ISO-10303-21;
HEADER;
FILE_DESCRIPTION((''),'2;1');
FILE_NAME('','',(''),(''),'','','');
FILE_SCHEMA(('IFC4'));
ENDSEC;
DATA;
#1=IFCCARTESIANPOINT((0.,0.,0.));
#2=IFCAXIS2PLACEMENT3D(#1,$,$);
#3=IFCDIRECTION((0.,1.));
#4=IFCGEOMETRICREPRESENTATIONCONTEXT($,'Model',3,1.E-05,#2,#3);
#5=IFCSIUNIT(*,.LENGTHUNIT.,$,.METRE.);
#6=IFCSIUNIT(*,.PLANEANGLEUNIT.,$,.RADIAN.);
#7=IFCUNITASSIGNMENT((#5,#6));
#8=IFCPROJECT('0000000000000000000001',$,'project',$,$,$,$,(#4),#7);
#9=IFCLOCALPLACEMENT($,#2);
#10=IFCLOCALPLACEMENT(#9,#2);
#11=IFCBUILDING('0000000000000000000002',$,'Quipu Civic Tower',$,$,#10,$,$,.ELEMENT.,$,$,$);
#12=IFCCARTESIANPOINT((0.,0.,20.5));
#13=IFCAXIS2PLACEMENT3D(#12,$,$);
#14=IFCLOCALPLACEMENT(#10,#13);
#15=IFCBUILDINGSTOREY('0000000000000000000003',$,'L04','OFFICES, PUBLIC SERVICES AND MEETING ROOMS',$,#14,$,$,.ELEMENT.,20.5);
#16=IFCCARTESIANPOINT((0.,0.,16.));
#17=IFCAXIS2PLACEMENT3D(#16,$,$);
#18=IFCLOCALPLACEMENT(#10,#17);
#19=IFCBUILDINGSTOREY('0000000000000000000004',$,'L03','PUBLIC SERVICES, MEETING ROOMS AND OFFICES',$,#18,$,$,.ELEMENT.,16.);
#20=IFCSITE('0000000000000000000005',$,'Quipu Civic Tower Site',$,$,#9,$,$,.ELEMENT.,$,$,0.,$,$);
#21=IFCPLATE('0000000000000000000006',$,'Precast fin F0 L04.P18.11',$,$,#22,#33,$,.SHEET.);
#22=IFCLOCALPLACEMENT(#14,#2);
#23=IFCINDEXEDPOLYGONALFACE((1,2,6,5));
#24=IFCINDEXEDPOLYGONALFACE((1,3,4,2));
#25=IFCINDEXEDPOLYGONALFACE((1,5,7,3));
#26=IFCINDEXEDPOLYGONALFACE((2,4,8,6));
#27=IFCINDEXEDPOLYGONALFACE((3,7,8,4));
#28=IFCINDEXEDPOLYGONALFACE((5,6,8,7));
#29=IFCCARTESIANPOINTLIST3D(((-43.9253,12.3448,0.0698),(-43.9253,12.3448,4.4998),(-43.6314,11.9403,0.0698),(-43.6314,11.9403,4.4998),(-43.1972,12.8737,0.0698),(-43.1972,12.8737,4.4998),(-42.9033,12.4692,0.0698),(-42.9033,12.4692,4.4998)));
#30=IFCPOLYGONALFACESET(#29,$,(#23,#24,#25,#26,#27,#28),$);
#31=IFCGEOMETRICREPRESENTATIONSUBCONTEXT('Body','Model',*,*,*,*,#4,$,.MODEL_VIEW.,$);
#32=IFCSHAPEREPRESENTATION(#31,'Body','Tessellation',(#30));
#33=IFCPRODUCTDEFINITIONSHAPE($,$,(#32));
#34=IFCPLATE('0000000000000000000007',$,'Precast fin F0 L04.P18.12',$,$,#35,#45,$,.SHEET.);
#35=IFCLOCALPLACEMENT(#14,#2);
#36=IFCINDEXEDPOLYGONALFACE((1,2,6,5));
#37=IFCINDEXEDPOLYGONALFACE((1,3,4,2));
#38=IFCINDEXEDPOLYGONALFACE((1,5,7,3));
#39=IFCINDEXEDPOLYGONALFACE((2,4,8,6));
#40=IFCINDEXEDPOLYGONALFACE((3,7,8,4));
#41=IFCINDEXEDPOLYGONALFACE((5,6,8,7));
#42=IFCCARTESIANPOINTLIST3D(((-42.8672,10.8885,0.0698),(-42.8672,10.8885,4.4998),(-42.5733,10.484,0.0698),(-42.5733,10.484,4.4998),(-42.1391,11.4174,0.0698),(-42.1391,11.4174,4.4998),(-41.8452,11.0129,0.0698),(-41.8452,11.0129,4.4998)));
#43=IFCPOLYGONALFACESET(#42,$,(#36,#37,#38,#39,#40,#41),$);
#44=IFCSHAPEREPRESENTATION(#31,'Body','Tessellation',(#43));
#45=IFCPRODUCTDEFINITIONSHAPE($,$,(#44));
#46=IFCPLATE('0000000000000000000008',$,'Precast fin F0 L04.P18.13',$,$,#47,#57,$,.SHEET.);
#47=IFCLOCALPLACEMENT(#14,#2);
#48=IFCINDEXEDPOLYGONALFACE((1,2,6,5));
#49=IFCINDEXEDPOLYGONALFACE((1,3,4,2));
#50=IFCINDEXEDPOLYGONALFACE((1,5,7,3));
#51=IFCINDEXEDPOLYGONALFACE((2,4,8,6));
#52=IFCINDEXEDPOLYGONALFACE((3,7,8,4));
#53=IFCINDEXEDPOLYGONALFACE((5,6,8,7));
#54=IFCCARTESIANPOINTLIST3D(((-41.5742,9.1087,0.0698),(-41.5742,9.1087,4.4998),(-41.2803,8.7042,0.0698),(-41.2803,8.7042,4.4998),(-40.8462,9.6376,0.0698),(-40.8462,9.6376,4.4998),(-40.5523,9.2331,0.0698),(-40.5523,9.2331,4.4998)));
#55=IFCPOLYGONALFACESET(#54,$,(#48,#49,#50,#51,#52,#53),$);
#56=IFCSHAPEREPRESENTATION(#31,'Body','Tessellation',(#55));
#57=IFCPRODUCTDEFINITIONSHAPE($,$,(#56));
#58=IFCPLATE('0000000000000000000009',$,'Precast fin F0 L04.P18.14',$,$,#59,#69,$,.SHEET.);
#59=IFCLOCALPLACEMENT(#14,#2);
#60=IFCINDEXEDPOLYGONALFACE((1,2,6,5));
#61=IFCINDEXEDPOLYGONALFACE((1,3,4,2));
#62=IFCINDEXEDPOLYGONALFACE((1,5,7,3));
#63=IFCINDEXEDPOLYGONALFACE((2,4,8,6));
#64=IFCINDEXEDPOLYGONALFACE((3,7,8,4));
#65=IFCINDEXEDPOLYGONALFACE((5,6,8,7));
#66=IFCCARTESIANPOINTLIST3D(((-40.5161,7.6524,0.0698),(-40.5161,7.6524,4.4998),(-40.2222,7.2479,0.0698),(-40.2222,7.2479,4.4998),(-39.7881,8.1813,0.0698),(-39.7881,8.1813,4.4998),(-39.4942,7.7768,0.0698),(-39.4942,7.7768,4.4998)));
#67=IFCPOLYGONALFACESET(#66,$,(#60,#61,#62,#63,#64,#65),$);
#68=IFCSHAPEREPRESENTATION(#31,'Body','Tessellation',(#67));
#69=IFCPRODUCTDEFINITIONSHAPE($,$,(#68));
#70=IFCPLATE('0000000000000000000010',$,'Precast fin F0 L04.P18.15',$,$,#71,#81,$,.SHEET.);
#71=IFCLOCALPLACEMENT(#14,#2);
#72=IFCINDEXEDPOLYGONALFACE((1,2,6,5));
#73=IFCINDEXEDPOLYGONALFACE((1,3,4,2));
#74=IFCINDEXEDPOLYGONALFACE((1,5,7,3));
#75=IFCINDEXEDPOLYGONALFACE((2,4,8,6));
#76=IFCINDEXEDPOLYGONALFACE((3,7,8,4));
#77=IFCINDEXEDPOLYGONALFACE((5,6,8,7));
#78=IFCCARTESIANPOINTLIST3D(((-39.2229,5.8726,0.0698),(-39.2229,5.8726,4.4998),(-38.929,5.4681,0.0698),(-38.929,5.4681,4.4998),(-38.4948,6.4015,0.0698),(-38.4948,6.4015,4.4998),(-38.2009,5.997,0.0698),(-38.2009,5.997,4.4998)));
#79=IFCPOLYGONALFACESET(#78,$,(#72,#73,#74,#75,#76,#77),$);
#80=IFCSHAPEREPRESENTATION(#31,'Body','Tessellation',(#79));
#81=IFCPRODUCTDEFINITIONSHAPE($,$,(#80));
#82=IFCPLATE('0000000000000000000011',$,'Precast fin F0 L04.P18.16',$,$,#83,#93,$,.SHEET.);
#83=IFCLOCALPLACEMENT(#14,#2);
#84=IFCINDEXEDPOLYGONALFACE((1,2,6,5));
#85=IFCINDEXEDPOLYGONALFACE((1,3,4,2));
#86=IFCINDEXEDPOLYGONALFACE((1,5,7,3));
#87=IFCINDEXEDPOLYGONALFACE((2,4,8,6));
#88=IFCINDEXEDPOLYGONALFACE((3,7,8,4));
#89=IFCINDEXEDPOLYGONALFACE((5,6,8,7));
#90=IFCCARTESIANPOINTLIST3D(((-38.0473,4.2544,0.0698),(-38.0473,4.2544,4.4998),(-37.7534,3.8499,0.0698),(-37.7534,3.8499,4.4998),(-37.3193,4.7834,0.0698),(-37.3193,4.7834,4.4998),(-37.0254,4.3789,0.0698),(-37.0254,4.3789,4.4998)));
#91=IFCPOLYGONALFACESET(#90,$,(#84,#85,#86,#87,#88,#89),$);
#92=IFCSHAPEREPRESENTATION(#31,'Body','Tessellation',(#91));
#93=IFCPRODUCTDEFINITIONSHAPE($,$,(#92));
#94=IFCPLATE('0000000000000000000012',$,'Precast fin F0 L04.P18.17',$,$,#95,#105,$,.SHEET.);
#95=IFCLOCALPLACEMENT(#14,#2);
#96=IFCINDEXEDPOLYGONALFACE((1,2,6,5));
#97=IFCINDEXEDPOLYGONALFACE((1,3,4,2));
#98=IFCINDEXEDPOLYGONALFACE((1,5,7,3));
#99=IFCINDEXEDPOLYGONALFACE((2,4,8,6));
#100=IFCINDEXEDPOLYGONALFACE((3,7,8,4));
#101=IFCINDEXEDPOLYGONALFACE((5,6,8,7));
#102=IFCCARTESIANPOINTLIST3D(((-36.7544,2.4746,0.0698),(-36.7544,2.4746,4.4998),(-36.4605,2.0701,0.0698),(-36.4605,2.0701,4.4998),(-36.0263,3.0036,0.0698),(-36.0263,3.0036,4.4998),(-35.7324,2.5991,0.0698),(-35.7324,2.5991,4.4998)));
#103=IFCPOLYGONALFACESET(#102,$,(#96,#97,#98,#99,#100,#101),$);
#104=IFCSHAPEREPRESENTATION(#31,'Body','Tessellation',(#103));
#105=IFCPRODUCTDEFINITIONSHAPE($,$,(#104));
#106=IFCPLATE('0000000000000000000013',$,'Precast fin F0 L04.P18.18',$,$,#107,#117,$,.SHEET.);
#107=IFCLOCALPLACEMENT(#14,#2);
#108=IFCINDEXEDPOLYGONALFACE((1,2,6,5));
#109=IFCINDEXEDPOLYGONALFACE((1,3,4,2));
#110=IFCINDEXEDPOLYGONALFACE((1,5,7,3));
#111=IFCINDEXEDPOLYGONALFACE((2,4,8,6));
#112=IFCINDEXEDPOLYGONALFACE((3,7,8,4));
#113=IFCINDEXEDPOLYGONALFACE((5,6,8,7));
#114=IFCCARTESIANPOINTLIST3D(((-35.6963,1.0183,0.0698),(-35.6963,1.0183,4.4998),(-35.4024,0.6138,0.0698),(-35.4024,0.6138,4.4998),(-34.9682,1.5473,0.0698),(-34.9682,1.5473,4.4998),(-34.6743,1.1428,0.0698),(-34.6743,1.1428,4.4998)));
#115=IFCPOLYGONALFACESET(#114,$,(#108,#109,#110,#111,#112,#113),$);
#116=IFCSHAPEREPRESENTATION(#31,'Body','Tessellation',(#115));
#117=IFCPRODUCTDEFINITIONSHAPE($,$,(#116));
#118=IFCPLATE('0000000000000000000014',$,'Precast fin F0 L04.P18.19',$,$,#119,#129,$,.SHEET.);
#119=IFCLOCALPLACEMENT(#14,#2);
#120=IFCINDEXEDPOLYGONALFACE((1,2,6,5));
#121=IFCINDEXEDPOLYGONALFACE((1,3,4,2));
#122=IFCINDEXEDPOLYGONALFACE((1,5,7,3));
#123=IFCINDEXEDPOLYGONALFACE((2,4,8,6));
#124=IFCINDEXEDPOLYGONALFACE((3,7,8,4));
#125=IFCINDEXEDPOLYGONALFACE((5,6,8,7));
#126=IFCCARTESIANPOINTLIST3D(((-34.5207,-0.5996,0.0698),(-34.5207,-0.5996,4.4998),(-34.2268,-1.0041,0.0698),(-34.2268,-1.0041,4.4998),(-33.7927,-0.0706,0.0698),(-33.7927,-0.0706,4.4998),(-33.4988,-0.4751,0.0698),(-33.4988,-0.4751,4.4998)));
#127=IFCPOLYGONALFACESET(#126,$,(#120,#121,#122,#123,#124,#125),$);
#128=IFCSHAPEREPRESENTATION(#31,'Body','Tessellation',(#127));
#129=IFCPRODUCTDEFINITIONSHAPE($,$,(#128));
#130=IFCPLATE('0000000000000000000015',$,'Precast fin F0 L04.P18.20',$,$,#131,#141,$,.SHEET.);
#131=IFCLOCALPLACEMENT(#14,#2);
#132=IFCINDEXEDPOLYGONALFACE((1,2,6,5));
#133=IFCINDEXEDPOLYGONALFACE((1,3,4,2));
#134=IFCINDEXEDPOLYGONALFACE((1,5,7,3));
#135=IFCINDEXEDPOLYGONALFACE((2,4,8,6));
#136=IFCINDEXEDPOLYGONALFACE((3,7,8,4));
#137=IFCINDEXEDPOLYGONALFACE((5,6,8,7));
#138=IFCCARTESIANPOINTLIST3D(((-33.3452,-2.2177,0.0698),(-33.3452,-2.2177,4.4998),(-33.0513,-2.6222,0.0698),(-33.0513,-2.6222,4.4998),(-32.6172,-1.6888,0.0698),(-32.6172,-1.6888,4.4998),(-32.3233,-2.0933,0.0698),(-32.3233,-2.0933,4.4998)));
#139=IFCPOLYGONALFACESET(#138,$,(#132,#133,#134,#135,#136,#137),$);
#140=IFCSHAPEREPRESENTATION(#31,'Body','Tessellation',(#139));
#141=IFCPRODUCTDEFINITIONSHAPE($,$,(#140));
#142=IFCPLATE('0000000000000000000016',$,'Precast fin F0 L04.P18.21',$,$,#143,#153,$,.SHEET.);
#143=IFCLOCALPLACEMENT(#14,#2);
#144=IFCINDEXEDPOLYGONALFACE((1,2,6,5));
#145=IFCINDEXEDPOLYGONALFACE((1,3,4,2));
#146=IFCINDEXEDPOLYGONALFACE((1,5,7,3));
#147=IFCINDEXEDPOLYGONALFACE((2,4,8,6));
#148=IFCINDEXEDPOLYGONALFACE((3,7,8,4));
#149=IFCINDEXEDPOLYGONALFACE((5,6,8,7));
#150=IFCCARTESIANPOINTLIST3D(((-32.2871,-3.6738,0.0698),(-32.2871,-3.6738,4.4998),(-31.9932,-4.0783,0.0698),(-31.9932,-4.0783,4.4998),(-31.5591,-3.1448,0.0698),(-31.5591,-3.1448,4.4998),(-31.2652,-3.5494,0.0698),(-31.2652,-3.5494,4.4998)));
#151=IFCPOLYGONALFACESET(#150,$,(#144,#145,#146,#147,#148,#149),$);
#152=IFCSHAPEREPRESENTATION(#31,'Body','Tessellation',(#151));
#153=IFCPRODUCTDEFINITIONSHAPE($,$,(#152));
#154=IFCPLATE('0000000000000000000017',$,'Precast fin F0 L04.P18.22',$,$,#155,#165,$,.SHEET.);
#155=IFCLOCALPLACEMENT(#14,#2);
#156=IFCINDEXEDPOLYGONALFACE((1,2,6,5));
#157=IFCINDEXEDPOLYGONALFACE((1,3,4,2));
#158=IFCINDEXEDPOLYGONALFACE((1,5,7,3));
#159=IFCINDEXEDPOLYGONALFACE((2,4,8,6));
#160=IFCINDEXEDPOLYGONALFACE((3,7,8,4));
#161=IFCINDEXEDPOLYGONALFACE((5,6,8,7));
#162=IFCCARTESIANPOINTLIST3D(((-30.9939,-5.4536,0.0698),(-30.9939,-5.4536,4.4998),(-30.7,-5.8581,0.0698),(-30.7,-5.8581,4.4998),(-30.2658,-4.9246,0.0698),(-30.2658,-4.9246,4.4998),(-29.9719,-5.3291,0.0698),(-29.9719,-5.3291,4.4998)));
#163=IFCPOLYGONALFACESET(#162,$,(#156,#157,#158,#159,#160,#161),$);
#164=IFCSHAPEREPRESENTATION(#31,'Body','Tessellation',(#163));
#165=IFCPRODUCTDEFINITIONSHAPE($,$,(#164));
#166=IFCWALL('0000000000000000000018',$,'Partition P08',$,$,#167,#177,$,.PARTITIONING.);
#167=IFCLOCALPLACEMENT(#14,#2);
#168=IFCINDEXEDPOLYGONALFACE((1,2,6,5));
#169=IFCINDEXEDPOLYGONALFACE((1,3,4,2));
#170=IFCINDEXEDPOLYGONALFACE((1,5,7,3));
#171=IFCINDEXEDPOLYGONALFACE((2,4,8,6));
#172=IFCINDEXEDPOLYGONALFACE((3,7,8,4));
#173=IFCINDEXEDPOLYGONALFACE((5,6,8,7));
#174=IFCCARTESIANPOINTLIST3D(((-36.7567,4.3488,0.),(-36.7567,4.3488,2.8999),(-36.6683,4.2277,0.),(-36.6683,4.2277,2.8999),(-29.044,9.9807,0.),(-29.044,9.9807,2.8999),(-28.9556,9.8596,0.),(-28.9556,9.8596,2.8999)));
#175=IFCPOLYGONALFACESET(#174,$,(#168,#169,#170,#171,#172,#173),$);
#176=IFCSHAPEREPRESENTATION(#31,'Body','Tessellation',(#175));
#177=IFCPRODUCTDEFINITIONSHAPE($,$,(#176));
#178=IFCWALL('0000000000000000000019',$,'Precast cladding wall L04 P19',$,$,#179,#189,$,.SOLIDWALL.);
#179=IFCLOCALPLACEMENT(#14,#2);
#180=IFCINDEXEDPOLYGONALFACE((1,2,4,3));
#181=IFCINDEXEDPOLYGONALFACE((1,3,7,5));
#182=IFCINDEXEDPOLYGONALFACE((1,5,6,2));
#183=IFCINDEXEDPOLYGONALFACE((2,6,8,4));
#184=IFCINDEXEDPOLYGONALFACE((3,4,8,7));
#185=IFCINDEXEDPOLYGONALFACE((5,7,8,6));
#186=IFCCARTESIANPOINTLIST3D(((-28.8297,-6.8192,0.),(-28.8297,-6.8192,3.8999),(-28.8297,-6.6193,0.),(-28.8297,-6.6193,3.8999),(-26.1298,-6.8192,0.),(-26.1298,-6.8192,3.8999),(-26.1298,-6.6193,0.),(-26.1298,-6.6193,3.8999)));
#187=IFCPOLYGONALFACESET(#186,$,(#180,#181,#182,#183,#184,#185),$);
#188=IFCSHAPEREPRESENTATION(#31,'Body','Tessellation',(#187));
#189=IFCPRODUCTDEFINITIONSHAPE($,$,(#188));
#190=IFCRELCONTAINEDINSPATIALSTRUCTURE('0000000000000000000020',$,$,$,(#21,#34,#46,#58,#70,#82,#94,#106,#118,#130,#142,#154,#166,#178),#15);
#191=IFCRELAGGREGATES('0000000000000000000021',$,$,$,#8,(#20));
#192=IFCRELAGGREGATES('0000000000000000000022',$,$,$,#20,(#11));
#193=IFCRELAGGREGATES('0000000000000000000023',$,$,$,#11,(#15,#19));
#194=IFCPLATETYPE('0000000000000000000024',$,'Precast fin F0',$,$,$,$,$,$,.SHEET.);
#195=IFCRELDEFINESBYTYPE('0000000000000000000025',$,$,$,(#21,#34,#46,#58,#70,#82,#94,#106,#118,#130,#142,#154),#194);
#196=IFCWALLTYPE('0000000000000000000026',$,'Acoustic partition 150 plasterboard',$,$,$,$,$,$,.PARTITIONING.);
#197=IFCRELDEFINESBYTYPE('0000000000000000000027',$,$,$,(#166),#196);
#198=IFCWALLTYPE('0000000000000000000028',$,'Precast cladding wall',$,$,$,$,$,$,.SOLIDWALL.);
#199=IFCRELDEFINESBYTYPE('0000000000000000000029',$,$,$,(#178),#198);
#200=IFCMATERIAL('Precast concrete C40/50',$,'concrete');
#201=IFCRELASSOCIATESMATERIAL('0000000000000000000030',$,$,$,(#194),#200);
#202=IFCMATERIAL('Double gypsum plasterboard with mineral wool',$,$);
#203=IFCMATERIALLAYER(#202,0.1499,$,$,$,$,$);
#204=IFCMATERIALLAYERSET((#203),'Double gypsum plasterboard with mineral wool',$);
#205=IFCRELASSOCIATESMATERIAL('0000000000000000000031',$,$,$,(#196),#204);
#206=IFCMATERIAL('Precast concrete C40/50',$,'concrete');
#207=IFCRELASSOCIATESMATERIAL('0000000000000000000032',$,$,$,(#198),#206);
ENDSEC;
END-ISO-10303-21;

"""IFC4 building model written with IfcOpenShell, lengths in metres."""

from ifc_helpers import new_model, si_unit, direction, frame, frame_2d, origin, origin_2d, place, context, subcontext, project, spatial, rectangle, extrude, material, layer, layer_set, type_object, element, save


model = new_model("IFC4")

# Units and contexts
model_context = context("Model", 3, precision=1e-05, world=origin(), true_north=direction((0.0, 1.0)))
body_context = subcontext(model_context, "Body", "Model", "MODEL_VIEW")
ifc_project = project(units=[si_unit("LENGTHUNIT", "METRE"), si_unit("PLANEANGLEUNIT", "RADIAN")], contexts=[model_context])

# Site, building, storey
site_placement = place(None, origin())
site = spatial("IfcSite", under=ifc_project, at=site_placement, Name="Quipu Civic Tower Site", CompositionType="ELEMENT", RefElevation=0.0)
building_placement = place(site_placement, origin())
building = spatial("IfcBuilding", under=site, at=building_placement, Name="Quipu Civic Tower", CompositionType="ELEMENT")
storey_1_placement = place(building_placement, frame((0.0, 0.0, 20.5)))
storey_1 = spatial("IfcBuildingStorey", under=building, at=storey_1_placement, Name="L04", Description="OFFICES, PUBLIC SERVICES AND MEETING ROOMS", CompositionType="ELEMENT", Elevation=20.5)

# Shared definitions
storey_2_placement = place(building_placement, frame((0.0, 0.0, 16.0)))
storey_2 = spatial("IfcBuildingStorey", under=building, at=storey_2_placement, Name="L03", Description="PUBLIC SERVICES, MEETING ROOMS AND OFFICES", CompositionType="ELEMENT", Elevation=16.0)

# Plates
ifc_material_1 = material(Name="Precast concrete C40/50", Category="concrete")
plate_type_1 = type_object("IfcPlateType", Name="Precast fin F0", PredefinedType="SHEET", material=ifc_material_1)
for number, where, z_axis, x_axis, name in (
    (1, (-43.4143, 12.407, 0.0698), (0.0, 0.0, 1.0), (0.587786, -0.809017, 0.0), "Precast fin F0 L04.P18.11"),
    (2, (-42.3562, 10.9507, 0.0698), (0.0, 0.0, 1.0), (0.587786, -0.809017, 0.0), "Precast fin F0 L04.P18.12"),
    (3, (-41.0632, 9.1709, 0.0698), (0.0, 0.0, 1.0), (0.587786, -0.809017, 0.0), "Precast fin F0 L04.P18.13"),
    (4, (-40.0051, 7.7146, 0.0698), (0.0, 0.0, 1.0), (0.587786, -0.809017, 0.0), "Precast fin F0 L04.P18.14"),
    (5, (-38.7119, 5.9348, 0.0698), (0.0, 0.0, 1.0), (0.587786, -0.809017, 0.0), "Precast fin F0 L04.P18.15"),
    (6, (-37.5364, 4.3167, 0.0698), (0.0, 0.0, 1.0), (0.587786, -0.809017, 0.0), "Precast fin F0 L04.P18.16"),
    (7, (-36.2434, 2.5369, 0.0698), (0.0, 0.0, 1.0), (0.587786, -0.809017, 0.0), "Precast fin F0 L04.P18.17"),
    (8, (-35.1853, 1.0806, 0.0698), (0.0, 0.0, 1.0), (0.587786, -0.809017, 0.0), "Precast fin F0 L04.P18.18"),
    (9, (-34.0098, -0.5374, 0.0698), (0.0, 0.0, 1.0), (0.587786, -0.809017, 0.0), "Precast fin F0 L04.P18.19"),
    (10, (-32.8342, -2.1555, 0.0698), (0.0, 0.0, 1.0), (0.587786, -0.809017, 0.0), "Precast fin F0 L04.P18.20"),
    (11, (-31.7761, -3.6116, 0.0698), (0.0, 0.0, 1.0), (0.587786, -0.809017, 0.0), "Precast fin F0 L04.P18.21"),
    (12, (-30.4829, -5.3914, 0.0698), (0.0, 0.0, 1.0), (0.587786, -0.809017, 0.0), "Precast fin F0 L04.P18.22"),
):
    element("IfcPlate", number, at=place(storey_1_placement, frame(where, z_axis=z_axis, x_axis=x_axis)), inside=storey_1, type_object=plate_type_1, Name=name, PredefinedType="SHEET", context=body_context, shape_type="SweptSolid", body=[
        extrude(rectangle(XDim=0.5, YDim=0.8999, at=origin_2d()), origin(), (0.0, 0.0, 1.0), 4.4299),
    ])

# Walls
ifc_material_2 = material(Name="Double gypsum plasterboard with mineral wool")
ifc_layer_1 = layer(ifc_material_2, 0.1499)
ifc_layer_set_1 = layer_set([ifc_layer_1], Name="Double gypsum plasterboard with mineral wool")
wall_type_1 = type_object("IfcWallType", Name="Acoustic partition 150 plasterboard", PredefinedType="PARTITIONING", material=ifc_layer_set_1)
wall_1_placement = place(storey_1_placement, frame((-36.7124, 4.2883, 0.0), z_axis=(0.0, 0.0, 1.0), x_axis=(0.807607, 0.589721, 0.0)))
element("IfcWall", 13, at=wall_1_placement, inside=storey_1, type_object=wall_type_1, Name="Partition P08", PredefinedType="PARTITIONING", context=body_context, shape_type="SweptSolid", body=[
    extrude(rectangle(XDim=9.55, YDim=0.1499, at=frame_2d((4.7749, 0.0))), origin(), (0.0, 0.0, 1.0), 2.8999),
])
ifc_material_3 = material(Name="Precast concrete C40/50", Category="concrete")
wall_type_2 = type_object("IfcWallType", Name="Precast cladding wall", PredefinedType="SOLIDWALL", material=ifc_material_3)
wall_2_placement = place(storey_1_placement, frame((-28.8298, -6.7192, 0.0), z_axis=(0.0, 0.0, 1.0), x_axis=(1.0, 0.0, 0.0)))
element("IfcWall", 14, at=wall_2_placement, inside=storey_1, type_object=wall_type_2, Name="Precast cladding wall L04 P19", PredefinedType="SOLIDWALL", context=body_context, shape_type="SweptSolid", body=[
    extrude(rectangle(XDim=2.7, YDim=0.2, at=frame_2d((1.3501, 0.0))), origin(), (0.0, 0.0, 1.0), 3.8999),
])

save(model, "model.ifc")
